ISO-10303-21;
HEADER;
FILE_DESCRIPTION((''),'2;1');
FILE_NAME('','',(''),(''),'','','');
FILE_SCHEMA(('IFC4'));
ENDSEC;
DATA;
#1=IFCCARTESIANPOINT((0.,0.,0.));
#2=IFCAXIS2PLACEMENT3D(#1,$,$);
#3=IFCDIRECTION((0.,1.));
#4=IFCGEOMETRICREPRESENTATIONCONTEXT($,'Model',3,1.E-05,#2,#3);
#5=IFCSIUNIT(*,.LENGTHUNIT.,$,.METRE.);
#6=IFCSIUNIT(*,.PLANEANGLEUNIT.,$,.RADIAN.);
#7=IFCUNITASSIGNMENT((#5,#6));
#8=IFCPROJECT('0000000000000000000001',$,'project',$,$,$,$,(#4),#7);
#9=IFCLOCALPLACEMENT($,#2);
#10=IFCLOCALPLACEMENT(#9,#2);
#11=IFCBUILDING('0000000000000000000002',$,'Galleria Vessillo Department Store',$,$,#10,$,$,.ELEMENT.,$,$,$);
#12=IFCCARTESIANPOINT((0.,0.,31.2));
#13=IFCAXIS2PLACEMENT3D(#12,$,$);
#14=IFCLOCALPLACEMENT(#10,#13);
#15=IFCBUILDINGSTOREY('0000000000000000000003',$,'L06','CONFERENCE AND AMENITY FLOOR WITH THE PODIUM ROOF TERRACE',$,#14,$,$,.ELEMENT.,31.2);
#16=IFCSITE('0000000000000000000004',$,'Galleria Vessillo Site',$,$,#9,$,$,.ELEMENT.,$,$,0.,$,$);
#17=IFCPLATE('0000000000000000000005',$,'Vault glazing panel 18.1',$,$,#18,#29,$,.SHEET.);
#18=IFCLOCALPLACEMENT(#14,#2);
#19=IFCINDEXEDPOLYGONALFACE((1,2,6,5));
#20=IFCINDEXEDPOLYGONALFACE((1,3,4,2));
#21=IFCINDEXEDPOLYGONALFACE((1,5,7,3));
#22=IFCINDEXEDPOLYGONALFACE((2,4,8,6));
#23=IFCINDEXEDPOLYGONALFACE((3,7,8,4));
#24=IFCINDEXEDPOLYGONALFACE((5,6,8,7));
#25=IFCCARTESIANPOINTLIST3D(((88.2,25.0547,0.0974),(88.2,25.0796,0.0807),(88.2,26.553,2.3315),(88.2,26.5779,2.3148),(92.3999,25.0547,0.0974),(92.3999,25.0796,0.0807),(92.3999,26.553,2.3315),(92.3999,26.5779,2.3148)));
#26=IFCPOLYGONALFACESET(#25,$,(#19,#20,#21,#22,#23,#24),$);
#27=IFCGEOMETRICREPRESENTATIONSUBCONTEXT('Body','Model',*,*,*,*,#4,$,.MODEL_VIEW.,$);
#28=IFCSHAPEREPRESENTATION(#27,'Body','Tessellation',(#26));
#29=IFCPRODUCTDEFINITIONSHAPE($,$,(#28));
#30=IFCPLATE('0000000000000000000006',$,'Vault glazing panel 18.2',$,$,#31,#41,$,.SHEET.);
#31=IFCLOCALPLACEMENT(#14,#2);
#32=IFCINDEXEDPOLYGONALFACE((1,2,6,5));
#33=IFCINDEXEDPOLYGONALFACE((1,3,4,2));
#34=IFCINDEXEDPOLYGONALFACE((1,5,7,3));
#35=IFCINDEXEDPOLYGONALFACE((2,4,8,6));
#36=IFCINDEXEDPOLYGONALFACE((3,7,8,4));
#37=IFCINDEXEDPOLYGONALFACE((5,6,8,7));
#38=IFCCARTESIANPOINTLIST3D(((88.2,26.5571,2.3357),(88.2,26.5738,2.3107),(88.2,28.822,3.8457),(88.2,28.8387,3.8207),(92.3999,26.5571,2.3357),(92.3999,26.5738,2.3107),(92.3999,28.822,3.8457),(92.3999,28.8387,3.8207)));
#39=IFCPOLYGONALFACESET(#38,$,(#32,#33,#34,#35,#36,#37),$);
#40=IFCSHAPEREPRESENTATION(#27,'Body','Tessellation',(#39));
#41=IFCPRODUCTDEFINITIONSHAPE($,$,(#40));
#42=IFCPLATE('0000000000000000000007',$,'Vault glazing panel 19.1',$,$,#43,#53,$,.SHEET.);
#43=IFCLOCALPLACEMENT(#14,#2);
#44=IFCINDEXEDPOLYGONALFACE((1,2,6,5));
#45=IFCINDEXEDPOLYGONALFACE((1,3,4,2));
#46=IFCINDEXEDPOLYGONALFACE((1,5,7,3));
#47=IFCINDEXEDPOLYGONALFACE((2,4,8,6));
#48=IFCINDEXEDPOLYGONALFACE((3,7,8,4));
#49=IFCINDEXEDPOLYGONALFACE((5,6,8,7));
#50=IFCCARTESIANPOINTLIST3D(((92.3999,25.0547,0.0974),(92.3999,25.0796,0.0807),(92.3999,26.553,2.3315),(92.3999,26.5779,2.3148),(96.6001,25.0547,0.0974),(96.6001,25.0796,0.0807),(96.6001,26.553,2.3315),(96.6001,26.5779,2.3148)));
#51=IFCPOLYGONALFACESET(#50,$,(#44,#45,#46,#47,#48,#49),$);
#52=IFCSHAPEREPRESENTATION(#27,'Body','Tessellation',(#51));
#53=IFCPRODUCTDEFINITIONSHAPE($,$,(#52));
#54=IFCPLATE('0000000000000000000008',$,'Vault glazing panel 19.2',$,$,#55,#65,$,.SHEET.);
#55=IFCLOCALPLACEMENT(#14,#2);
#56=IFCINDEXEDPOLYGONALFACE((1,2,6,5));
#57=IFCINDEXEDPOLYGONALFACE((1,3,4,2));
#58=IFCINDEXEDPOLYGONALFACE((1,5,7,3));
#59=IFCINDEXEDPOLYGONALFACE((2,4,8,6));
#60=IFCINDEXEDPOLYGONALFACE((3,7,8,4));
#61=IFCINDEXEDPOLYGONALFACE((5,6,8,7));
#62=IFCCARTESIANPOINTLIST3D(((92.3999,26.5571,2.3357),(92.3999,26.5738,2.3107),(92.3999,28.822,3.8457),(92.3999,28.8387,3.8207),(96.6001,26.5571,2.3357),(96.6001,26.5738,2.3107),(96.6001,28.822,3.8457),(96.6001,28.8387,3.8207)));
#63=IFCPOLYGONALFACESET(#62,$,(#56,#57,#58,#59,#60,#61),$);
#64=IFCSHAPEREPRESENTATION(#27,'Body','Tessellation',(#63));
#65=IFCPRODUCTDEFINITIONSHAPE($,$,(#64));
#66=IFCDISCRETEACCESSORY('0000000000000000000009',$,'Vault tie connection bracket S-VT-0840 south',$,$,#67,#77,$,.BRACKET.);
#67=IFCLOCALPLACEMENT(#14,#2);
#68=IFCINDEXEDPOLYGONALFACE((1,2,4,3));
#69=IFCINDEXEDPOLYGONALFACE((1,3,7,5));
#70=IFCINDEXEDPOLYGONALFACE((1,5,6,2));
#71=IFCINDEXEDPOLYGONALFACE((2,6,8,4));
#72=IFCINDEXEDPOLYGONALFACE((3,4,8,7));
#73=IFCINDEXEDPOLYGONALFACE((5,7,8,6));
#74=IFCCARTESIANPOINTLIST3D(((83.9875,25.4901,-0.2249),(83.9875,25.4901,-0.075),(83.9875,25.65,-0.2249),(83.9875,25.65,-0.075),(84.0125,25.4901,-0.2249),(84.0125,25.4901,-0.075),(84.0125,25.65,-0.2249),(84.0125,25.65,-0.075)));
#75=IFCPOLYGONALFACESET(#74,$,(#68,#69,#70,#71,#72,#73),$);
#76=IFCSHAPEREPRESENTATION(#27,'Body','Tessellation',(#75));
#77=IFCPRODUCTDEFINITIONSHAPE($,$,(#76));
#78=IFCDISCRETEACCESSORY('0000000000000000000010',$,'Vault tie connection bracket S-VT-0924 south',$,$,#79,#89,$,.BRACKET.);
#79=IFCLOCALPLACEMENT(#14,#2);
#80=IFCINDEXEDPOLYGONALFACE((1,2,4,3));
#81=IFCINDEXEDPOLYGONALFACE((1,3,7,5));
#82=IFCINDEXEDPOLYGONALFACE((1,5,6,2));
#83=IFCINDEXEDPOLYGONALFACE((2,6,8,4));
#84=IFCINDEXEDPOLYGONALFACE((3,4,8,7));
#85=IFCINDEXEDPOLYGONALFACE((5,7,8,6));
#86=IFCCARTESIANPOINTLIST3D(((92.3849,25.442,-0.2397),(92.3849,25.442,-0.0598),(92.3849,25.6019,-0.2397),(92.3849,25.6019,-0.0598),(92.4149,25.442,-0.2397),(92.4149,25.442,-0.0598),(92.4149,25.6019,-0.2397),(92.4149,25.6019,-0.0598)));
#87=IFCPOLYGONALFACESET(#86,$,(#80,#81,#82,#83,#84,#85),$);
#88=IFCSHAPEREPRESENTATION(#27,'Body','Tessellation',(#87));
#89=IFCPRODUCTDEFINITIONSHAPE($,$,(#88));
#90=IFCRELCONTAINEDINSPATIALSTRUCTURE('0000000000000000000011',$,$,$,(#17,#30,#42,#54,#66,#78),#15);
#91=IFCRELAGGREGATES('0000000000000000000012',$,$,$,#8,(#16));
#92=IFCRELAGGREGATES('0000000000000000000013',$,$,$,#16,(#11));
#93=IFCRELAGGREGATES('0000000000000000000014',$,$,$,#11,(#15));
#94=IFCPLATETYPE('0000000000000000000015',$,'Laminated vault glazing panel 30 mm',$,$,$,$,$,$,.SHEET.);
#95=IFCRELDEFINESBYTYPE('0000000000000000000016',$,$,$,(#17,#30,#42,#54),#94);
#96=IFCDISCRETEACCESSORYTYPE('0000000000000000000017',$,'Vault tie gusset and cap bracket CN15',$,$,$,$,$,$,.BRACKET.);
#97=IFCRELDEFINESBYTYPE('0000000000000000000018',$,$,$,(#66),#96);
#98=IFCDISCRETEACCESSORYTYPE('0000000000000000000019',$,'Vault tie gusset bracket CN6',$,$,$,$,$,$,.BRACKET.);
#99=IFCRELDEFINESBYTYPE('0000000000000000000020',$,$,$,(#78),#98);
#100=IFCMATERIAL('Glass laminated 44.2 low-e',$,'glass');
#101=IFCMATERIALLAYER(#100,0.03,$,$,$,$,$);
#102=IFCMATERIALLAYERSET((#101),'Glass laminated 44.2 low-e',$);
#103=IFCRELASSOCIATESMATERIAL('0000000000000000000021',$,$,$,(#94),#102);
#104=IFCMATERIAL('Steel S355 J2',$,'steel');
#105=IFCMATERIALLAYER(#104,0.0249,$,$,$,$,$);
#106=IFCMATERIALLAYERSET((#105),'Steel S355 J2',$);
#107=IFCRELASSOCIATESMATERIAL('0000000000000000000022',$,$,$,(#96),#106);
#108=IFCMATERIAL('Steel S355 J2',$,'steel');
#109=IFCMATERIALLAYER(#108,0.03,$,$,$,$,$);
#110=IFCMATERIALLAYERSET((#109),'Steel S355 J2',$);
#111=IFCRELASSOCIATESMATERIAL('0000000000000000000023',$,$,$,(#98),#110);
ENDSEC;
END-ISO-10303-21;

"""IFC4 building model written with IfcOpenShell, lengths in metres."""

from ifc_helpers import new_model, si_unit, direction, frame, origin, origin_2d, place, context, subcontext, project, spatial, polyline, rectangle, outline, extrude, material, layer, layer_set, type_object, element, save


model = new_model("IFC4")

# Units and contexts
model_context = context("Model", 3, precision=1e-05, world=origin(), true_north=direction((0.0, 1.0)))
body_context = subcontext(model_context, "Body", "Model", "MODEL_VIEW")
ifc_project = project(units=[si_unit("LENGTHUNIT", "METRE"), si_unit("PLANEANGLEUNIT", "RADIAN")], contexts=[model_context])

# Site, building, storey
site_placement = place(None, origin())
site = spatial("IfcSite", under=ifc_project, at=site_placement, Name="Galleria Vessillo Site", CompositionType="ELEMENT", RefElevation=0.0)
building_placement = place(site_placement, origin())
building = spatial("IfcBuilding", under=site, at=building_placement, Name="Galleria Vessillo Department Store", CompositionType="ELEMENT")
storey_placement = place(building_placement, frame((0.0, 0.0, 31.2)))
storey = spatial("IfcBuildingStorey", under=building, at=storey_placement, Name="L06", Description="CONFERENCE AND AMENITY FLOOR WITH THE PODIUM ROOF TERRACE", CompositionType="ELEMENT", Elevation=31.2)

# Plates
ifc_material_1 = material(Name="Glass laminated 44.2 low-e", Category="glass")
ifc_layer_1 = layer(ifc_material_1, 0.03)
ifc_layer_set_1 = layer_set([ifc_layer_1], Name="Glass laminated 44.2 low-e")
plate_type = type_object("IfcPlateType", Name="Laminated vault glazing panel 30 mm", PredefinedType="SHEET", material=ifc_layer_set_1)
plate_1_placement = place(storey_placement, frame((88.2, 25.0547, 0.0974), z_axis=(0.0, -0.830525, 0.556981), x_axis=(1.0, 0.0, 0.0)))
element("IfcPlate", 1, at=plate_1_placement, inside=storey, type_object=plate_type, Name="Vault glazing panel 18.1", PredefinedType="SHEET", context=body_context, shape_type="SweptSolid", body=[
    extrude(outline(polyline([(0.0, 0.0), (4.2, 0.0), (4.2, 2.69), (0.0, 2.69), (0.0, 0.0)])), origin(), (0.0, 0.0, -1.0), 0.03),
])
plate_2_placement = place(storey_placement, frame((88.2, 26.5571, 2.3357), z_axis=(0.0, -0.554721, 0.832036), x_axis=(1.0, 0.0, 0.0)))
element("IfcPlate", 2, at=plate_2_placement, inside=storey, type_object=plate_type, Name="Vault glazing panel 18.2", PredefinedType="SHEET", context=body_context, shape_type="SweptSolid", body=[
    extrude(outline(polyline([(0.0, 0.0), (4.2, 0.0), (4.2, 2.7221), (0.0, 2.7221), (0.0, 0.0)])), origin(), (0.0, 0.0, -1.0), 0.03),
])
plate_3_placement = place(storey_placement, frame((92.3999, 25.0547, 0.0974), z_axis=(0.0, -0.830525, 0.556981), x_axis=(1.0, 0.0, 0.0)))
element("IfcPlate", 3, at=plate_3_placement, inside=storey, type_object=plate_type, Name="Vault glazing panel 19.1", PredefinedType="SHEET", context=body_context, shape_type="SweptSolid", body=[
    extrude(outline(polyline([(0.0, 0.0), (4.2002, 0.0), (4.2002, 2.69), (0.0, 2.69), (0.0, 0.0)])), origin(), (0.0, 0.0, -1.0), 0.03),
])
plate_4_placement = place(storey_placement, frame((92.3999, 26.5571, 2.3357), z_axis=(0.0, -0.554721, 0.832036), x_axis=(1.0, 0.0, 0.0)))
element("IfcPlate", 4, at=plate_4_placement, inside=storey, type_object=plate_type, Name="Vault glazing panel 19.2", PredefinedType="SHEET", context=body_context, shape_type="SweptSolid", body=[
    extrude(outline(polyline([(0.0, 0.0), (4.2002, 0.0), (4.2002, 2.7221), (0.0, 2.7221), (0.0, 0.0)])), origin(), (0.0, 0.0, -1.0), 0.03),
])

# Discrete accessories
ifc_material_2 = material(Name="Steel S355 J2", Category="steel")
ifc_layer_2 = layer(ifc_material_2, 0.0249)
ifc_layer_set_2 = layer_set([ifc_layer_2], Name="Steel S355 J2")
discrete_accessory_type_1 = type_object("IfcDiscreteAccessoryType", Name="Vault tie gusset and cap bracket CN15", PredefinedType="BRACKET", material=ifc_layer_set_2)
discrete_accessory_1_placement = place(storey_placement, frame((84.0, 25.5701, -0.2249), z_axis=(0.0, 0.0, 1.0), x_axis=(1.0, 0.0, 0.0)))
element("IfcDiscreteAccessory", 5, at=discrete_accessory_1_placement, inside=storey, type_object=discrete_accessory_type_1, Name="Vault tie connection bracket S-VT-0840 south", PredefinedType="BRACKET", context=body_context, shape_type="SweptSolid", body=[
    extrude(rectangle(XDim=0.0249, YDim=0.1599, at=origin_2d()), origin(), (0.0, 0.0, 1.0), 0.1499),
])
ifc_material_3 = material(Name="Steel S355 J2", Category="steel")
ifc_layer_3 = layer(ifc_material_3, 0.03)
ifc_layer_set_3 = layer_set([ifc_layer_3], Name="Steel S355 J2")
discrete_accessory_type_2 = type_object("IfcDiscreteAccessoryType", Name="Vault tie gusset bracket CN6", PredefinedType="BRACKET", material=ifc_layer_set_3)
discrete_accessory_2_placement = place(storey_placement, frame((92.3999, 25.522, -0.2397), z_axis=(0.0, 0.0, 1.0), x_axis=(1.0, 0.0, 0.0)))
element("IfcDiscreteAccessory", 6, at=discrete_accessory_2_placement, inside=storey, type_object=discrete_accessory_type_2, Name="Vault tie connection bracket S-VT-0924 south", PredefinedType="BRACKET", context=body_context, shape_type="SweptSolid", body=[
    extrude(rectangle(XDim=0.03, YDim=0.1599, at=origin_2d()), origin(), (0.0, 0.0, 1.0), 0.1799),
])

save(model, "model.ifc")
